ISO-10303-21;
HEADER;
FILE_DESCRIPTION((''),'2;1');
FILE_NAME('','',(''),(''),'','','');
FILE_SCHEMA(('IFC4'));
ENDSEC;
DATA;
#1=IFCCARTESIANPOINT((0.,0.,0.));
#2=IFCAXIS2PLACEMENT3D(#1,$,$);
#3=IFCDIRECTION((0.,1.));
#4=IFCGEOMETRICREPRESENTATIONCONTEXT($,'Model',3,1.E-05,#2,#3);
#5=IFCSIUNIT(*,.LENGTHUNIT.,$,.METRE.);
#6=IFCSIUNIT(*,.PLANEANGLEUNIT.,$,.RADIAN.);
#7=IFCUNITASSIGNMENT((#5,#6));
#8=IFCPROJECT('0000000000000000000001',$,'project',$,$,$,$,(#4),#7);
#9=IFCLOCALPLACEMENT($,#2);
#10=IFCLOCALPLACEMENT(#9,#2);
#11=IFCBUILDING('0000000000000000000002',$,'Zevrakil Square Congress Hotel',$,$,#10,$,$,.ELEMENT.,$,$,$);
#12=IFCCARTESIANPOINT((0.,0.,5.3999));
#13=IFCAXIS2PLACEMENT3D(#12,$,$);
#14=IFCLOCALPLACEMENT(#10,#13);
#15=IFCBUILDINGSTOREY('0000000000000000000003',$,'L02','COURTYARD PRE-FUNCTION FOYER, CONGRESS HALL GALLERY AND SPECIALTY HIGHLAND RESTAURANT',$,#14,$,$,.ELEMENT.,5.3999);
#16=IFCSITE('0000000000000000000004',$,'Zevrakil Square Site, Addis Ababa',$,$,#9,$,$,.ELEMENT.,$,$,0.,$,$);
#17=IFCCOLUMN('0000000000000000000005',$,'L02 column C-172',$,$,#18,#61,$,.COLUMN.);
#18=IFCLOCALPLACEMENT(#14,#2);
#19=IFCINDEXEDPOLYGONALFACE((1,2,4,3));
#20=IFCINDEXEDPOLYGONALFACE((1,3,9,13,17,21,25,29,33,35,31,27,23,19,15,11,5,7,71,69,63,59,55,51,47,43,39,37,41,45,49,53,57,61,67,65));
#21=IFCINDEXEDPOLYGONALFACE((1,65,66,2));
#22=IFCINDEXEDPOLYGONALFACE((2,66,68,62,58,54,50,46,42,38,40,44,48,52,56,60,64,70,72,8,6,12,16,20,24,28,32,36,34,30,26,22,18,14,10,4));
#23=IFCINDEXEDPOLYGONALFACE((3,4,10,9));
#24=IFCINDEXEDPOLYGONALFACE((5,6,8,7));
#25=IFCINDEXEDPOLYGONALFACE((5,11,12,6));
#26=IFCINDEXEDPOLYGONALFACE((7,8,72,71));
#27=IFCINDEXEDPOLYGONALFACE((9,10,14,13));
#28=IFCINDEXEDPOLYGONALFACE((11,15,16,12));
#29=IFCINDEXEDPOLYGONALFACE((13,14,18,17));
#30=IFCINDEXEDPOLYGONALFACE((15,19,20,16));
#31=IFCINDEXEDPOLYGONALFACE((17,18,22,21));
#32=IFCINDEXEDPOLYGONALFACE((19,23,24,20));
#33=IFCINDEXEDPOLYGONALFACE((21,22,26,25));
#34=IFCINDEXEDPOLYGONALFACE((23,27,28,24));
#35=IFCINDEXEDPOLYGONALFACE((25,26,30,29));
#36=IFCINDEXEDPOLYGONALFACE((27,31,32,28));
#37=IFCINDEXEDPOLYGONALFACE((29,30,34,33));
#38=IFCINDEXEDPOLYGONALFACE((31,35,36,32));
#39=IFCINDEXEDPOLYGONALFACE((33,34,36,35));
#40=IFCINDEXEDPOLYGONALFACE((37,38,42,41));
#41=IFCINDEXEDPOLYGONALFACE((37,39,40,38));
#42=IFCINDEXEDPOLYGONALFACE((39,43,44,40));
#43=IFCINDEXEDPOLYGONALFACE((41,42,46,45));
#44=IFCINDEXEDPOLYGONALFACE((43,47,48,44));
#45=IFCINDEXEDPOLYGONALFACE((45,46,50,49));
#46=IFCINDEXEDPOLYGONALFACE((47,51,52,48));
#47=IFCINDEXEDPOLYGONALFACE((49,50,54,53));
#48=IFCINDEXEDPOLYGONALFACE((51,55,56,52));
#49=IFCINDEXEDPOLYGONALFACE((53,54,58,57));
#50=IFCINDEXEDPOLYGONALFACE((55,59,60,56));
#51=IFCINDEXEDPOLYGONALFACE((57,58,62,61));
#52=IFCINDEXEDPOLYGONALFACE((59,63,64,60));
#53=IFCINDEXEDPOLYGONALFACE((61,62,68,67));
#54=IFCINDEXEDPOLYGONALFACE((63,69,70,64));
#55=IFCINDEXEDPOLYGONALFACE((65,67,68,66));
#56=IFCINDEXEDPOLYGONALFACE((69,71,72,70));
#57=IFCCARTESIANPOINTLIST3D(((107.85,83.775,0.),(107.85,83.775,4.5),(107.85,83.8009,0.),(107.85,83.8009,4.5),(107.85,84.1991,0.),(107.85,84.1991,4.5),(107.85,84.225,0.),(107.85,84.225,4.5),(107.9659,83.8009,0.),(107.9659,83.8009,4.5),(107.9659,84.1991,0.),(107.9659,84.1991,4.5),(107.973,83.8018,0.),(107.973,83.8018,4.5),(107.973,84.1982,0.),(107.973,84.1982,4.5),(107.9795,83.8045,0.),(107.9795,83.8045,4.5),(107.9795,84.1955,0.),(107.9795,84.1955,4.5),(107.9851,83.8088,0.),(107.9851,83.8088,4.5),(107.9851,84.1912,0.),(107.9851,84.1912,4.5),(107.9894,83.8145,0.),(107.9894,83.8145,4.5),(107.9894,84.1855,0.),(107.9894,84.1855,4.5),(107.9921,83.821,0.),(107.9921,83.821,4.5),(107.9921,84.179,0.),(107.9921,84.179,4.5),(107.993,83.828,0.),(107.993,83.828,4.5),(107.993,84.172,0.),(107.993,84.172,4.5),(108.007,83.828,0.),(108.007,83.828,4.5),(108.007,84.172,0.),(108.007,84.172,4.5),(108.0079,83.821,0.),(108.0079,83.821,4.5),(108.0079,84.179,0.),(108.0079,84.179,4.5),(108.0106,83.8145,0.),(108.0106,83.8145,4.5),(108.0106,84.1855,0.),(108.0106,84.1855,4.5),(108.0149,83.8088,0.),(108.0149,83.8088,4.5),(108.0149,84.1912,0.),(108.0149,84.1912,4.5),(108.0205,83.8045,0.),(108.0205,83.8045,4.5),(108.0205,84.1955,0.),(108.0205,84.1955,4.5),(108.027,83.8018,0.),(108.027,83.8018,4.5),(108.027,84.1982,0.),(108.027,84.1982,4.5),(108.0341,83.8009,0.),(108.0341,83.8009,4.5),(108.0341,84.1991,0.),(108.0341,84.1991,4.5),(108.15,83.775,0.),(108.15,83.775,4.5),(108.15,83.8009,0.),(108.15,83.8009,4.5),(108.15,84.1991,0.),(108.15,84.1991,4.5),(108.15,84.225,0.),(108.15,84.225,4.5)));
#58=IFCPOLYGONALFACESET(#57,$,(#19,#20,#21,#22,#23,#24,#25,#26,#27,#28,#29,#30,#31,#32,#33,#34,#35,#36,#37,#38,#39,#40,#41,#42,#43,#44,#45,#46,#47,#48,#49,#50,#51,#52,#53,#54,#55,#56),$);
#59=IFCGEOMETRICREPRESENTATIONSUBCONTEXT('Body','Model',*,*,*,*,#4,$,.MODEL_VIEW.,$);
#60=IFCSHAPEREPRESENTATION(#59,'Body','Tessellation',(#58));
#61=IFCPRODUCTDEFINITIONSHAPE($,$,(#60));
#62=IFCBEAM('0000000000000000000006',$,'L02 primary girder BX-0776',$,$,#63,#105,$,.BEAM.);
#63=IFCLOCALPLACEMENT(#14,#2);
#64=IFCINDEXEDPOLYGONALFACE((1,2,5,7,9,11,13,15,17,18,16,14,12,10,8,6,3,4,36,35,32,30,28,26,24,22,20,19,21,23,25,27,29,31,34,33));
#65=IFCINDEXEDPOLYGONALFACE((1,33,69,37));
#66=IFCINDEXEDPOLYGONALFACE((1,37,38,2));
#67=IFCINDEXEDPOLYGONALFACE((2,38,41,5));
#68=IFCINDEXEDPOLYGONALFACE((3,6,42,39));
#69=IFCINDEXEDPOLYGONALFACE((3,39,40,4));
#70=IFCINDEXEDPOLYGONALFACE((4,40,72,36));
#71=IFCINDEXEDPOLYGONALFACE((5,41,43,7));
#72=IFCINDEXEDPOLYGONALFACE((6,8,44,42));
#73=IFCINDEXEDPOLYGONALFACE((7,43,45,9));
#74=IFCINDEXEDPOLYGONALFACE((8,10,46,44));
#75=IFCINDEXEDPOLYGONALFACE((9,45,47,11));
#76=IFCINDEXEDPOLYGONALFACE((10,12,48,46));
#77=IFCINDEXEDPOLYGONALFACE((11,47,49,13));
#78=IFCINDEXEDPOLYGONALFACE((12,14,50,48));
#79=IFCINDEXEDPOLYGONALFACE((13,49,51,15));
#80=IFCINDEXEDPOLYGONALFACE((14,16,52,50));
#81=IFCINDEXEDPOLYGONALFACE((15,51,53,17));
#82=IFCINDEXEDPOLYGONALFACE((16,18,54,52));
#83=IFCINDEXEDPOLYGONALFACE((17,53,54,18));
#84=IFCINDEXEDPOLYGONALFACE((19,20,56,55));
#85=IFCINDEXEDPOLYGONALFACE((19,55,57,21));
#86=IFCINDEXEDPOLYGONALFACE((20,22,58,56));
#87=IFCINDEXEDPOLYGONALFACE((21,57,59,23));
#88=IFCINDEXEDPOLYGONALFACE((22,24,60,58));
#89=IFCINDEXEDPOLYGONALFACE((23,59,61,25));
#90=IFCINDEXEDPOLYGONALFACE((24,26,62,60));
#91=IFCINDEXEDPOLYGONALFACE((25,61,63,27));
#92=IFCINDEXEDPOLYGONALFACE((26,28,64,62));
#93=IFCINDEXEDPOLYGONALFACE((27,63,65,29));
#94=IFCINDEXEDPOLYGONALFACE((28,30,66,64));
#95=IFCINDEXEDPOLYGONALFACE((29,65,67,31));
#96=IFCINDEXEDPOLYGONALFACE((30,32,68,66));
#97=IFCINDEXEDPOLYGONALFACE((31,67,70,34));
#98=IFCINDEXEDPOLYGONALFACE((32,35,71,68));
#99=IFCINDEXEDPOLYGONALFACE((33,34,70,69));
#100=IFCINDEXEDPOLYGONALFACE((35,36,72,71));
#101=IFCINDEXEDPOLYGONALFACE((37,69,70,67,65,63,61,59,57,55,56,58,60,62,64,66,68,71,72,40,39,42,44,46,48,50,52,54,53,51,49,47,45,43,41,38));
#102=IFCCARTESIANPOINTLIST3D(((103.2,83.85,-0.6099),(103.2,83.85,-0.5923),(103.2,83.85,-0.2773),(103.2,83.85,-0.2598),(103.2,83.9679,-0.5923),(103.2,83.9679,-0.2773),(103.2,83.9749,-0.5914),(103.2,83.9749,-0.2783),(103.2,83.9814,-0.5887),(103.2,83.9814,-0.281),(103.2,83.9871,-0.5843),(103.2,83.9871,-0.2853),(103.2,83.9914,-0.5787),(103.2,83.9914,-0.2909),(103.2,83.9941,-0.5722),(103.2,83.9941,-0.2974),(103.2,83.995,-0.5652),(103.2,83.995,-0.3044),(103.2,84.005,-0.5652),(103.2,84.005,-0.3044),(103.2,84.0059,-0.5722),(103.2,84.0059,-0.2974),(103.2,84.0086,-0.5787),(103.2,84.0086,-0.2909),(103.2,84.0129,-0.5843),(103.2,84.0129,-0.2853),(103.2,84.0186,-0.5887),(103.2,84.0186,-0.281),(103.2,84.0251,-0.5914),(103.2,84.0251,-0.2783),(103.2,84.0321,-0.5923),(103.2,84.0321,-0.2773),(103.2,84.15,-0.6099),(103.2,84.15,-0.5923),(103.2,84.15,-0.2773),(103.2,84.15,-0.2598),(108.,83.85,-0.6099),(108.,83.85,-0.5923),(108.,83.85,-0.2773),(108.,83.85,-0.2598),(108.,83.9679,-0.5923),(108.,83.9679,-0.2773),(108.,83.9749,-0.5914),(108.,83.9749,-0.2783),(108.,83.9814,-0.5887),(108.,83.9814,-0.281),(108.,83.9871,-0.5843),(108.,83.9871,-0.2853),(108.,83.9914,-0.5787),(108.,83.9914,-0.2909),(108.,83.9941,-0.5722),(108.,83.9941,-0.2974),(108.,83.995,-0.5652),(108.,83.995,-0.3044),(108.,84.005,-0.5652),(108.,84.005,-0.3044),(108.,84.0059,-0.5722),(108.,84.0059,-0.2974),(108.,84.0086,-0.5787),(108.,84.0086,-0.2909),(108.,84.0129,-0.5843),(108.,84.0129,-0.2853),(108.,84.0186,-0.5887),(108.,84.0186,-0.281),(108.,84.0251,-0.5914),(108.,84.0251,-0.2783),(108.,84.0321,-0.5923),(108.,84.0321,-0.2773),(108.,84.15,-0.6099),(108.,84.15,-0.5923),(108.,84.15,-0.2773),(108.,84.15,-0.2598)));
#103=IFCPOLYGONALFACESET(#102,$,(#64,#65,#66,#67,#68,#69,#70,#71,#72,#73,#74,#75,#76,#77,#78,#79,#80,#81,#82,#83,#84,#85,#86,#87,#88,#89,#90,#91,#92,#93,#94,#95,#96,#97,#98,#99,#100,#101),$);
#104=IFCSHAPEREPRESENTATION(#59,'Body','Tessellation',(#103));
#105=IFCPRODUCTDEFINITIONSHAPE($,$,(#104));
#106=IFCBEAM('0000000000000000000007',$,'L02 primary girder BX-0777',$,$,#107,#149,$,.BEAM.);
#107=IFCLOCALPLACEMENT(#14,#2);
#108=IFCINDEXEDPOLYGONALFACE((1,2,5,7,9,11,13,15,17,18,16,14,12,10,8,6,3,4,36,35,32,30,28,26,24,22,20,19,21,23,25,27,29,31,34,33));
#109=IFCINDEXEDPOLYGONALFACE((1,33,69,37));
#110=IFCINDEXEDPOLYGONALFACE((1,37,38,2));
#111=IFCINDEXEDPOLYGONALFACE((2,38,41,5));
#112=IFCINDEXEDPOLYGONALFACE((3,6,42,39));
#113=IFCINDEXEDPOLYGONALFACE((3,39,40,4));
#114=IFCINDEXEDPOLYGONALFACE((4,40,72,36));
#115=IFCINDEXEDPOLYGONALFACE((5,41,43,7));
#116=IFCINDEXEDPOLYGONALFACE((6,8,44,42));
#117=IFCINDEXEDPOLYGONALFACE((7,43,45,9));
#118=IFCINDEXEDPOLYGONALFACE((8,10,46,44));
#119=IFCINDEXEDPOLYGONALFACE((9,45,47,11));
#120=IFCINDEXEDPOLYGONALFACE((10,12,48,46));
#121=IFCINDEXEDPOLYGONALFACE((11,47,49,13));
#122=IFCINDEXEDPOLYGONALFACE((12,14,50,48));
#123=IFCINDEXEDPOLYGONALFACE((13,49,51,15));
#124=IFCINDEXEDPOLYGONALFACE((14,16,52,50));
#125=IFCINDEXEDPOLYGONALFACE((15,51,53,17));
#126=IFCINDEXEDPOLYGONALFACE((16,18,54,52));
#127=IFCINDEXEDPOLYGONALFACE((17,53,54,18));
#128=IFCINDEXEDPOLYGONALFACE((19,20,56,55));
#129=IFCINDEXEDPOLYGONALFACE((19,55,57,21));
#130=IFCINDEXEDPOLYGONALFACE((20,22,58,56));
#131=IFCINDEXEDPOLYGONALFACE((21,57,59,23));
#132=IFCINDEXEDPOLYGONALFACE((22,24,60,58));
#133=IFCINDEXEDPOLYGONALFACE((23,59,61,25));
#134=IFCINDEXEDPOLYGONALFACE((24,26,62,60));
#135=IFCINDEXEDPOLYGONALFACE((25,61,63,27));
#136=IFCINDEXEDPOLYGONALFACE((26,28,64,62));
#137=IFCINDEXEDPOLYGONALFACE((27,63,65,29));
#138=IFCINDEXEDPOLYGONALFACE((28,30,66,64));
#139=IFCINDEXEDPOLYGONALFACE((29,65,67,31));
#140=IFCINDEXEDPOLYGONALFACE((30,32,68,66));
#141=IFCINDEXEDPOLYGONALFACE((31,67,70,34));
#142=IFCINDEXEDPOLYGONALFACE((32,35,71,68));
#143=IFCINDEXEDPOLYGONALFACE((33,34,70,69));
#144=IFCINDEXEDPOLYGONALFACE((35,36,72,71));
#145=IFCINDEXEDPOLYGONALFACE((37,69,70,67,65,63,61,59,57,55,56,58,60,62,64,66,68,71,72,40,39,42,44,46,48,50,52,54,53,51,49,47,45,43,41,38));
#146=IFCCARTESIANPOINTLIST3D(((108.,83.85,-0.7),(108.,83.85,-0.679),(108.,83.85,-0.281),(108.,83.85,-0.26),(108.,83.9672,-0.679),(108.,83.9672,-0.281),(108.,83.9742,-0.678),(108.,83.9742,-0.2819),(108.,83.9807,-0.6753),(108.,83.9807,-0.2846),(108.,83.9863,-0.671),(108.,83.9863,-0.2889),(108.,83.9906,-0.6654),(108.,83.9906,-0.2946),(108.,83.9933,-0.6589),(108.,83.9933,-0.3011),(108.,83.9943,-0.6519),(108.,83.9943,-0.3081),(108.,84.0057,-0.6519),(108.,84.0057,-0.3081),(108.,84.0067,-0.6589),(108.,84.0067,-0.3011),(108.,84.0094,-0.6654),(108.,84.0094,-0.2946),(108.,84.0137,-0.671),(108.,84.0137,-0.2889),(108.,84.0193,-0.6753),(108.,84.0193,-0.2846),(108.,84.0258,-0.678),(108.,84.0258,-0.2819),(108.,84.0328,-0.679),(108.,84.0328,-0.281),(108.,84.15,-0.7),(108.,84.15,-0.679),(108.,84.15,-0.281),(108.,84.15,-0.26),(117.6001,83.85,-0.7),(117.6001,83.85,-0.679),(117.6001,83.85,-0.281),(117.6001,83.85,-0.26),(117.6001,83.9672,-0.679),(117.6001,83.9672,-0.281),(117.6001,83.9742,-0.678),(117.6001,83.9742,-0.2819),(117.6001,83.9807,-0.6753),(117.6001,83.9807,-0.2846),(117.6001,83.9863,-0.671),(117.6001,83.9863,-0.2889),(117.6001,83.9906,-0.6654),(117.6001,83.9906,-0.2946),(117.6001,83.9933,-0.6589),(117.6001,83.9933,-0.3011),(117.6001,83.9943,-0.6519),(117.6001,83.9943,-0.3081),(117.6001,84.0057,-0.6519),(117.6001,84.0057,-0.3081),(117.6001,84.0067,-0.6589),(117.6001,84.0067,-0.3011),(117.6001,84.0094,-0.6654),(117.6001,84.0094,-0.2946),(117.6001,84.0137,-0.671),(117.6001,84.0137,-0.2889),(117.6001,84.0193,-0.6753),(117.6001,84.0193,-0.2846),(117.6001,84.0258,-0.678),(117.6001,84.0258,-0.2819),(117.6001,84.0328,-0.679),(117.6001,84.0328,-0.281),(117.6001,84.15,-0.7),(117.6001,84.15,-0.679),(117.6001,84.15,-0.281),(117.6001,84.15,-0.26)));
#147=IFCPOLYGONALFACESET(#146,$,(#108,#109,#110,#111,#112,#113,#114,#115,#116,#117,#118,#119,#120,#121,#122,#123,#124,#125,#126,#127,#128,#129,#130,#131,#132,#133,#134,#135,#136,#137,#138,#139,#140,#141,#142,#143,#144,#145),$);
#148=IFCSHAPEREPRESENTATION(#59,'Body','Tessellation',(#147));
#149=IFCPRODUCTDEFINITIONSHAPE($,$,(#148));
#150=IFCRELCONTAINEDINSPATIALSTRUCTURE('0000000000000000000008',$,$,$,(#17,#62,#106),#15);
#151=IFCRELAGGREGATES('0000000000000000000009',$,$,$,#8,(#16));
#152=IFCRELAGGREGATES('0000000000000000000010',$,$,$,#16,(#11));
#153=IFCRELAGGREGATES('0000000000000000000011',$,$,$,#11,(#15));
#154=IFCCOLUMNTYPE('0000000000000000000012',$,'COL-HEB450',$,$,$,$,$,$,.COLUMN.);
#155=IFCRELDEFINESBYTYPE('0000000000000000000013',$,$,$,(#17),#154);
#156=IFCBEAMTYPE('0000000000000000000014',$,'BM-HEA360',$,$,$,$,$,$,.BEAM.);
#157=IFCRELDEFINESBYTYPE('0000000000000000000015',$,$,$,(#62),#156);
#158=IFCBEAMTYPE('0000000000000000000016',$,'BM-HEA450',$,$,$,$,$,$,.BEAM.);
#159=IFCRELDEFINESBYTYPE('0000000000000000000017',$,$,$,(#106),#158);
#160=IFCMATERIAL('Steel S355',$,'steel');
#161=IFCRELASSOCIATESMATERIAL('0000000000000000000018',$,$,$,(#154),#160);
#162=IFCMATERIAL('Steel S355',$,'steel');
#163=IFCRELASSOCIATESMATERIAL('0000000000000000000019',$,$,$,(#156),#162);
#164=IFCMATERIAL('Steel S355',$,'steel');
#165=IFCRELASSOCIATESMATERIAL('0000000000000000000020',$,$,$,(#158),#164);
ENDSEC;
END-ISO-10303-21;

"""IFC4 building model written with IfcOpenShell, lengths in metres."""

from ifc_helpers import new_model, si_unit, direction, frame, origin, origin_2d, place, context, subcontext, project, spatial, i_section, extrude, material, material_profile, profile_set, type_object, element, save


model = new_model("IFC4")

# Units and contexts
model_context = context("Model", 3, precision=1e-05, world=origin(), true_north=direction((0.0, 1.0)))
body_context = subcontext(model_context, "Body", "Model", "MODEL_VIEW")
ifc_project = project(units=[si_unit("LENGTHUNIT", "METRE"), si_unit("PLANEANGLEUNIT", "RADIAN")], contexts=[model_context])

# Site, building, storey
site_placement = place(None, origin())
site = spatial("IfcSite", under=ifc_project, at=site_placement, Name="Zevrakil Square Site, Addis Ababa", CompositionType="ELEMENT", RefElevation=0.0)
building_placement = place(site_placement, origin())
building = spatial("IfcBuilding", under=site, at=building_placement, Name="Zevrakil Square Congress Hotel", CompositionType="ELEMENT")
storey_placement = place(building_placement, frame((0.0, 0.0, 5.3999)))
storey = spatial("IfcBuildingStorey", under=building, at=storey_placement, Name="L02", Description="COURTYARD PRE-FUNCTION FOYER, CONGRESS HALL GALLERY AND SPECIALTY HIGHLAND RESTAURANT", CompositionType="ELEMENT", Elevation=5.3999)

# Column
ifc_material_1 = material(Name="Steel S355", Category="steel")
ifc_material_profile_1 = material_profile(ifc_material_1, i_section(OverallWidth=0.3, OverallDepth=0.45, WebThickness=0.0139, FlangeThickness=0.0259, FilletRadius=0.0271, at=origin_2d()), Name="HEB 450")
ifc_profile_set_1 = profile_set([ifc_material_profile_1], Name="Steel S355")
column_type = type_object("IfcColumnType", Name="COL-HEB450", PredefinedType="COLUMN", material=ifc_profile_set_1)
column_placement = place(storey_placement, frame((108.0, 84.0, 0.0), z_axis=(0.0, 0.0, 1.0), x_axis=(1.0, 0.0, 0.0)))
element("IfcColumn", 1, at=column_placement, inside=storey, type_object=column_type, Name="L02 column C-172", PredefinedType="COLUMN", context=body_context, shape_type="SweptSolid", body=[
    extrude(i_section(OverallWidth=0.3, OverallDepth=0.45, WebThickness=0.0139, FlangeThickness=0.0259, FilletRadius=0.0271, at=origin_2d()), origin(), (0.0, 0.0, 1.0), 4.5),
])

# Beams
ifc_material_2 = material(Name="Steel S355", Category="steel")
ifc_material_profile_2 = material_profile(ifc_material_2, i_section(OverallWidth=0.3, OverallDepth=0.3501, WebThickness=0.01, FlangeThickness=0.0176, FilletRadius=0.0271, at=origin_2d()), Name="HEA 360")
ifc_profile_set_2 = profile_set([ifc_material_profile_2], Name="Steel S355")
beam_type_1 = type_object("IfcBeamType", Name="BM-HEA360", PredefinedType="BEAM", material=ifc_profile_set_2)
beam_1_placement = place(storey_placement, frame((103.2, 84.0, -0.4348), z_axis=(1.0, 0.0, 0.0), x_axis=(0.0, 1.0, 0.0)))
element("IfcBeam", 2, at=beam_1_placement, inside=storey, type_object=beam_type_1, Name="L02 primary girder BX-0776", PredefinedType="BEAM", context=body_context, shape_type="SweptSolid", body=[
    extrude(i_section(OverallWidth=0.3, OverallDepth=0.3501, WebThickness=0.01, FlangeThickness=0.0176, FilletRadius=0.0271, at=origin_2d()), origin(), (0.0, 0.0, 1.0), 4.8),
])
ifc_material_3 = material(Name="Steel S355", Category="steel")
ifc_material_profile_3 = material_profile(ifc_material_3, i_section(OverallWidth=0.3, OverallDepth=0.4399, WebThickness=0.0115, FlangeThickness=0.021, FilletRadius=0.0271, at=origin_2d()), Name="HEA 450")
ifc_profile_set_3 = profile_set([ifc_material_profile_3], Name="Steel S355")
beam_type_2 = type_object("IfcBeamType", Name="BM-HEA450", PredefinedType="BEAM", material=ifc_profile_set_3)
beam_2_placement = place(storey_placement, frame((108.0, 84.0, -0.48), z_axis=(1.0, 0.0, 0.0), x_axis=(0.0, 1.0, 0.0)))
element("IfcBeam", 3, at=beam_2_placement, inside=storey, type_object=beam_type_2, Name="L02 primary girder BX-0777", PredefinedType="BEAM", context=body_context, shape_type="SweptSolid", body=[
    extrude(i_section(OverallWidth=0.3, OverallDepth=0.4399, WebThickness=0.0115, FlangeThickness=0.021, FilletRadius=0.0271, at=origin_2d()), origin(), (0.0, 0.0, 1.0), 9.6001),
])

save(model, "model.ifc")
